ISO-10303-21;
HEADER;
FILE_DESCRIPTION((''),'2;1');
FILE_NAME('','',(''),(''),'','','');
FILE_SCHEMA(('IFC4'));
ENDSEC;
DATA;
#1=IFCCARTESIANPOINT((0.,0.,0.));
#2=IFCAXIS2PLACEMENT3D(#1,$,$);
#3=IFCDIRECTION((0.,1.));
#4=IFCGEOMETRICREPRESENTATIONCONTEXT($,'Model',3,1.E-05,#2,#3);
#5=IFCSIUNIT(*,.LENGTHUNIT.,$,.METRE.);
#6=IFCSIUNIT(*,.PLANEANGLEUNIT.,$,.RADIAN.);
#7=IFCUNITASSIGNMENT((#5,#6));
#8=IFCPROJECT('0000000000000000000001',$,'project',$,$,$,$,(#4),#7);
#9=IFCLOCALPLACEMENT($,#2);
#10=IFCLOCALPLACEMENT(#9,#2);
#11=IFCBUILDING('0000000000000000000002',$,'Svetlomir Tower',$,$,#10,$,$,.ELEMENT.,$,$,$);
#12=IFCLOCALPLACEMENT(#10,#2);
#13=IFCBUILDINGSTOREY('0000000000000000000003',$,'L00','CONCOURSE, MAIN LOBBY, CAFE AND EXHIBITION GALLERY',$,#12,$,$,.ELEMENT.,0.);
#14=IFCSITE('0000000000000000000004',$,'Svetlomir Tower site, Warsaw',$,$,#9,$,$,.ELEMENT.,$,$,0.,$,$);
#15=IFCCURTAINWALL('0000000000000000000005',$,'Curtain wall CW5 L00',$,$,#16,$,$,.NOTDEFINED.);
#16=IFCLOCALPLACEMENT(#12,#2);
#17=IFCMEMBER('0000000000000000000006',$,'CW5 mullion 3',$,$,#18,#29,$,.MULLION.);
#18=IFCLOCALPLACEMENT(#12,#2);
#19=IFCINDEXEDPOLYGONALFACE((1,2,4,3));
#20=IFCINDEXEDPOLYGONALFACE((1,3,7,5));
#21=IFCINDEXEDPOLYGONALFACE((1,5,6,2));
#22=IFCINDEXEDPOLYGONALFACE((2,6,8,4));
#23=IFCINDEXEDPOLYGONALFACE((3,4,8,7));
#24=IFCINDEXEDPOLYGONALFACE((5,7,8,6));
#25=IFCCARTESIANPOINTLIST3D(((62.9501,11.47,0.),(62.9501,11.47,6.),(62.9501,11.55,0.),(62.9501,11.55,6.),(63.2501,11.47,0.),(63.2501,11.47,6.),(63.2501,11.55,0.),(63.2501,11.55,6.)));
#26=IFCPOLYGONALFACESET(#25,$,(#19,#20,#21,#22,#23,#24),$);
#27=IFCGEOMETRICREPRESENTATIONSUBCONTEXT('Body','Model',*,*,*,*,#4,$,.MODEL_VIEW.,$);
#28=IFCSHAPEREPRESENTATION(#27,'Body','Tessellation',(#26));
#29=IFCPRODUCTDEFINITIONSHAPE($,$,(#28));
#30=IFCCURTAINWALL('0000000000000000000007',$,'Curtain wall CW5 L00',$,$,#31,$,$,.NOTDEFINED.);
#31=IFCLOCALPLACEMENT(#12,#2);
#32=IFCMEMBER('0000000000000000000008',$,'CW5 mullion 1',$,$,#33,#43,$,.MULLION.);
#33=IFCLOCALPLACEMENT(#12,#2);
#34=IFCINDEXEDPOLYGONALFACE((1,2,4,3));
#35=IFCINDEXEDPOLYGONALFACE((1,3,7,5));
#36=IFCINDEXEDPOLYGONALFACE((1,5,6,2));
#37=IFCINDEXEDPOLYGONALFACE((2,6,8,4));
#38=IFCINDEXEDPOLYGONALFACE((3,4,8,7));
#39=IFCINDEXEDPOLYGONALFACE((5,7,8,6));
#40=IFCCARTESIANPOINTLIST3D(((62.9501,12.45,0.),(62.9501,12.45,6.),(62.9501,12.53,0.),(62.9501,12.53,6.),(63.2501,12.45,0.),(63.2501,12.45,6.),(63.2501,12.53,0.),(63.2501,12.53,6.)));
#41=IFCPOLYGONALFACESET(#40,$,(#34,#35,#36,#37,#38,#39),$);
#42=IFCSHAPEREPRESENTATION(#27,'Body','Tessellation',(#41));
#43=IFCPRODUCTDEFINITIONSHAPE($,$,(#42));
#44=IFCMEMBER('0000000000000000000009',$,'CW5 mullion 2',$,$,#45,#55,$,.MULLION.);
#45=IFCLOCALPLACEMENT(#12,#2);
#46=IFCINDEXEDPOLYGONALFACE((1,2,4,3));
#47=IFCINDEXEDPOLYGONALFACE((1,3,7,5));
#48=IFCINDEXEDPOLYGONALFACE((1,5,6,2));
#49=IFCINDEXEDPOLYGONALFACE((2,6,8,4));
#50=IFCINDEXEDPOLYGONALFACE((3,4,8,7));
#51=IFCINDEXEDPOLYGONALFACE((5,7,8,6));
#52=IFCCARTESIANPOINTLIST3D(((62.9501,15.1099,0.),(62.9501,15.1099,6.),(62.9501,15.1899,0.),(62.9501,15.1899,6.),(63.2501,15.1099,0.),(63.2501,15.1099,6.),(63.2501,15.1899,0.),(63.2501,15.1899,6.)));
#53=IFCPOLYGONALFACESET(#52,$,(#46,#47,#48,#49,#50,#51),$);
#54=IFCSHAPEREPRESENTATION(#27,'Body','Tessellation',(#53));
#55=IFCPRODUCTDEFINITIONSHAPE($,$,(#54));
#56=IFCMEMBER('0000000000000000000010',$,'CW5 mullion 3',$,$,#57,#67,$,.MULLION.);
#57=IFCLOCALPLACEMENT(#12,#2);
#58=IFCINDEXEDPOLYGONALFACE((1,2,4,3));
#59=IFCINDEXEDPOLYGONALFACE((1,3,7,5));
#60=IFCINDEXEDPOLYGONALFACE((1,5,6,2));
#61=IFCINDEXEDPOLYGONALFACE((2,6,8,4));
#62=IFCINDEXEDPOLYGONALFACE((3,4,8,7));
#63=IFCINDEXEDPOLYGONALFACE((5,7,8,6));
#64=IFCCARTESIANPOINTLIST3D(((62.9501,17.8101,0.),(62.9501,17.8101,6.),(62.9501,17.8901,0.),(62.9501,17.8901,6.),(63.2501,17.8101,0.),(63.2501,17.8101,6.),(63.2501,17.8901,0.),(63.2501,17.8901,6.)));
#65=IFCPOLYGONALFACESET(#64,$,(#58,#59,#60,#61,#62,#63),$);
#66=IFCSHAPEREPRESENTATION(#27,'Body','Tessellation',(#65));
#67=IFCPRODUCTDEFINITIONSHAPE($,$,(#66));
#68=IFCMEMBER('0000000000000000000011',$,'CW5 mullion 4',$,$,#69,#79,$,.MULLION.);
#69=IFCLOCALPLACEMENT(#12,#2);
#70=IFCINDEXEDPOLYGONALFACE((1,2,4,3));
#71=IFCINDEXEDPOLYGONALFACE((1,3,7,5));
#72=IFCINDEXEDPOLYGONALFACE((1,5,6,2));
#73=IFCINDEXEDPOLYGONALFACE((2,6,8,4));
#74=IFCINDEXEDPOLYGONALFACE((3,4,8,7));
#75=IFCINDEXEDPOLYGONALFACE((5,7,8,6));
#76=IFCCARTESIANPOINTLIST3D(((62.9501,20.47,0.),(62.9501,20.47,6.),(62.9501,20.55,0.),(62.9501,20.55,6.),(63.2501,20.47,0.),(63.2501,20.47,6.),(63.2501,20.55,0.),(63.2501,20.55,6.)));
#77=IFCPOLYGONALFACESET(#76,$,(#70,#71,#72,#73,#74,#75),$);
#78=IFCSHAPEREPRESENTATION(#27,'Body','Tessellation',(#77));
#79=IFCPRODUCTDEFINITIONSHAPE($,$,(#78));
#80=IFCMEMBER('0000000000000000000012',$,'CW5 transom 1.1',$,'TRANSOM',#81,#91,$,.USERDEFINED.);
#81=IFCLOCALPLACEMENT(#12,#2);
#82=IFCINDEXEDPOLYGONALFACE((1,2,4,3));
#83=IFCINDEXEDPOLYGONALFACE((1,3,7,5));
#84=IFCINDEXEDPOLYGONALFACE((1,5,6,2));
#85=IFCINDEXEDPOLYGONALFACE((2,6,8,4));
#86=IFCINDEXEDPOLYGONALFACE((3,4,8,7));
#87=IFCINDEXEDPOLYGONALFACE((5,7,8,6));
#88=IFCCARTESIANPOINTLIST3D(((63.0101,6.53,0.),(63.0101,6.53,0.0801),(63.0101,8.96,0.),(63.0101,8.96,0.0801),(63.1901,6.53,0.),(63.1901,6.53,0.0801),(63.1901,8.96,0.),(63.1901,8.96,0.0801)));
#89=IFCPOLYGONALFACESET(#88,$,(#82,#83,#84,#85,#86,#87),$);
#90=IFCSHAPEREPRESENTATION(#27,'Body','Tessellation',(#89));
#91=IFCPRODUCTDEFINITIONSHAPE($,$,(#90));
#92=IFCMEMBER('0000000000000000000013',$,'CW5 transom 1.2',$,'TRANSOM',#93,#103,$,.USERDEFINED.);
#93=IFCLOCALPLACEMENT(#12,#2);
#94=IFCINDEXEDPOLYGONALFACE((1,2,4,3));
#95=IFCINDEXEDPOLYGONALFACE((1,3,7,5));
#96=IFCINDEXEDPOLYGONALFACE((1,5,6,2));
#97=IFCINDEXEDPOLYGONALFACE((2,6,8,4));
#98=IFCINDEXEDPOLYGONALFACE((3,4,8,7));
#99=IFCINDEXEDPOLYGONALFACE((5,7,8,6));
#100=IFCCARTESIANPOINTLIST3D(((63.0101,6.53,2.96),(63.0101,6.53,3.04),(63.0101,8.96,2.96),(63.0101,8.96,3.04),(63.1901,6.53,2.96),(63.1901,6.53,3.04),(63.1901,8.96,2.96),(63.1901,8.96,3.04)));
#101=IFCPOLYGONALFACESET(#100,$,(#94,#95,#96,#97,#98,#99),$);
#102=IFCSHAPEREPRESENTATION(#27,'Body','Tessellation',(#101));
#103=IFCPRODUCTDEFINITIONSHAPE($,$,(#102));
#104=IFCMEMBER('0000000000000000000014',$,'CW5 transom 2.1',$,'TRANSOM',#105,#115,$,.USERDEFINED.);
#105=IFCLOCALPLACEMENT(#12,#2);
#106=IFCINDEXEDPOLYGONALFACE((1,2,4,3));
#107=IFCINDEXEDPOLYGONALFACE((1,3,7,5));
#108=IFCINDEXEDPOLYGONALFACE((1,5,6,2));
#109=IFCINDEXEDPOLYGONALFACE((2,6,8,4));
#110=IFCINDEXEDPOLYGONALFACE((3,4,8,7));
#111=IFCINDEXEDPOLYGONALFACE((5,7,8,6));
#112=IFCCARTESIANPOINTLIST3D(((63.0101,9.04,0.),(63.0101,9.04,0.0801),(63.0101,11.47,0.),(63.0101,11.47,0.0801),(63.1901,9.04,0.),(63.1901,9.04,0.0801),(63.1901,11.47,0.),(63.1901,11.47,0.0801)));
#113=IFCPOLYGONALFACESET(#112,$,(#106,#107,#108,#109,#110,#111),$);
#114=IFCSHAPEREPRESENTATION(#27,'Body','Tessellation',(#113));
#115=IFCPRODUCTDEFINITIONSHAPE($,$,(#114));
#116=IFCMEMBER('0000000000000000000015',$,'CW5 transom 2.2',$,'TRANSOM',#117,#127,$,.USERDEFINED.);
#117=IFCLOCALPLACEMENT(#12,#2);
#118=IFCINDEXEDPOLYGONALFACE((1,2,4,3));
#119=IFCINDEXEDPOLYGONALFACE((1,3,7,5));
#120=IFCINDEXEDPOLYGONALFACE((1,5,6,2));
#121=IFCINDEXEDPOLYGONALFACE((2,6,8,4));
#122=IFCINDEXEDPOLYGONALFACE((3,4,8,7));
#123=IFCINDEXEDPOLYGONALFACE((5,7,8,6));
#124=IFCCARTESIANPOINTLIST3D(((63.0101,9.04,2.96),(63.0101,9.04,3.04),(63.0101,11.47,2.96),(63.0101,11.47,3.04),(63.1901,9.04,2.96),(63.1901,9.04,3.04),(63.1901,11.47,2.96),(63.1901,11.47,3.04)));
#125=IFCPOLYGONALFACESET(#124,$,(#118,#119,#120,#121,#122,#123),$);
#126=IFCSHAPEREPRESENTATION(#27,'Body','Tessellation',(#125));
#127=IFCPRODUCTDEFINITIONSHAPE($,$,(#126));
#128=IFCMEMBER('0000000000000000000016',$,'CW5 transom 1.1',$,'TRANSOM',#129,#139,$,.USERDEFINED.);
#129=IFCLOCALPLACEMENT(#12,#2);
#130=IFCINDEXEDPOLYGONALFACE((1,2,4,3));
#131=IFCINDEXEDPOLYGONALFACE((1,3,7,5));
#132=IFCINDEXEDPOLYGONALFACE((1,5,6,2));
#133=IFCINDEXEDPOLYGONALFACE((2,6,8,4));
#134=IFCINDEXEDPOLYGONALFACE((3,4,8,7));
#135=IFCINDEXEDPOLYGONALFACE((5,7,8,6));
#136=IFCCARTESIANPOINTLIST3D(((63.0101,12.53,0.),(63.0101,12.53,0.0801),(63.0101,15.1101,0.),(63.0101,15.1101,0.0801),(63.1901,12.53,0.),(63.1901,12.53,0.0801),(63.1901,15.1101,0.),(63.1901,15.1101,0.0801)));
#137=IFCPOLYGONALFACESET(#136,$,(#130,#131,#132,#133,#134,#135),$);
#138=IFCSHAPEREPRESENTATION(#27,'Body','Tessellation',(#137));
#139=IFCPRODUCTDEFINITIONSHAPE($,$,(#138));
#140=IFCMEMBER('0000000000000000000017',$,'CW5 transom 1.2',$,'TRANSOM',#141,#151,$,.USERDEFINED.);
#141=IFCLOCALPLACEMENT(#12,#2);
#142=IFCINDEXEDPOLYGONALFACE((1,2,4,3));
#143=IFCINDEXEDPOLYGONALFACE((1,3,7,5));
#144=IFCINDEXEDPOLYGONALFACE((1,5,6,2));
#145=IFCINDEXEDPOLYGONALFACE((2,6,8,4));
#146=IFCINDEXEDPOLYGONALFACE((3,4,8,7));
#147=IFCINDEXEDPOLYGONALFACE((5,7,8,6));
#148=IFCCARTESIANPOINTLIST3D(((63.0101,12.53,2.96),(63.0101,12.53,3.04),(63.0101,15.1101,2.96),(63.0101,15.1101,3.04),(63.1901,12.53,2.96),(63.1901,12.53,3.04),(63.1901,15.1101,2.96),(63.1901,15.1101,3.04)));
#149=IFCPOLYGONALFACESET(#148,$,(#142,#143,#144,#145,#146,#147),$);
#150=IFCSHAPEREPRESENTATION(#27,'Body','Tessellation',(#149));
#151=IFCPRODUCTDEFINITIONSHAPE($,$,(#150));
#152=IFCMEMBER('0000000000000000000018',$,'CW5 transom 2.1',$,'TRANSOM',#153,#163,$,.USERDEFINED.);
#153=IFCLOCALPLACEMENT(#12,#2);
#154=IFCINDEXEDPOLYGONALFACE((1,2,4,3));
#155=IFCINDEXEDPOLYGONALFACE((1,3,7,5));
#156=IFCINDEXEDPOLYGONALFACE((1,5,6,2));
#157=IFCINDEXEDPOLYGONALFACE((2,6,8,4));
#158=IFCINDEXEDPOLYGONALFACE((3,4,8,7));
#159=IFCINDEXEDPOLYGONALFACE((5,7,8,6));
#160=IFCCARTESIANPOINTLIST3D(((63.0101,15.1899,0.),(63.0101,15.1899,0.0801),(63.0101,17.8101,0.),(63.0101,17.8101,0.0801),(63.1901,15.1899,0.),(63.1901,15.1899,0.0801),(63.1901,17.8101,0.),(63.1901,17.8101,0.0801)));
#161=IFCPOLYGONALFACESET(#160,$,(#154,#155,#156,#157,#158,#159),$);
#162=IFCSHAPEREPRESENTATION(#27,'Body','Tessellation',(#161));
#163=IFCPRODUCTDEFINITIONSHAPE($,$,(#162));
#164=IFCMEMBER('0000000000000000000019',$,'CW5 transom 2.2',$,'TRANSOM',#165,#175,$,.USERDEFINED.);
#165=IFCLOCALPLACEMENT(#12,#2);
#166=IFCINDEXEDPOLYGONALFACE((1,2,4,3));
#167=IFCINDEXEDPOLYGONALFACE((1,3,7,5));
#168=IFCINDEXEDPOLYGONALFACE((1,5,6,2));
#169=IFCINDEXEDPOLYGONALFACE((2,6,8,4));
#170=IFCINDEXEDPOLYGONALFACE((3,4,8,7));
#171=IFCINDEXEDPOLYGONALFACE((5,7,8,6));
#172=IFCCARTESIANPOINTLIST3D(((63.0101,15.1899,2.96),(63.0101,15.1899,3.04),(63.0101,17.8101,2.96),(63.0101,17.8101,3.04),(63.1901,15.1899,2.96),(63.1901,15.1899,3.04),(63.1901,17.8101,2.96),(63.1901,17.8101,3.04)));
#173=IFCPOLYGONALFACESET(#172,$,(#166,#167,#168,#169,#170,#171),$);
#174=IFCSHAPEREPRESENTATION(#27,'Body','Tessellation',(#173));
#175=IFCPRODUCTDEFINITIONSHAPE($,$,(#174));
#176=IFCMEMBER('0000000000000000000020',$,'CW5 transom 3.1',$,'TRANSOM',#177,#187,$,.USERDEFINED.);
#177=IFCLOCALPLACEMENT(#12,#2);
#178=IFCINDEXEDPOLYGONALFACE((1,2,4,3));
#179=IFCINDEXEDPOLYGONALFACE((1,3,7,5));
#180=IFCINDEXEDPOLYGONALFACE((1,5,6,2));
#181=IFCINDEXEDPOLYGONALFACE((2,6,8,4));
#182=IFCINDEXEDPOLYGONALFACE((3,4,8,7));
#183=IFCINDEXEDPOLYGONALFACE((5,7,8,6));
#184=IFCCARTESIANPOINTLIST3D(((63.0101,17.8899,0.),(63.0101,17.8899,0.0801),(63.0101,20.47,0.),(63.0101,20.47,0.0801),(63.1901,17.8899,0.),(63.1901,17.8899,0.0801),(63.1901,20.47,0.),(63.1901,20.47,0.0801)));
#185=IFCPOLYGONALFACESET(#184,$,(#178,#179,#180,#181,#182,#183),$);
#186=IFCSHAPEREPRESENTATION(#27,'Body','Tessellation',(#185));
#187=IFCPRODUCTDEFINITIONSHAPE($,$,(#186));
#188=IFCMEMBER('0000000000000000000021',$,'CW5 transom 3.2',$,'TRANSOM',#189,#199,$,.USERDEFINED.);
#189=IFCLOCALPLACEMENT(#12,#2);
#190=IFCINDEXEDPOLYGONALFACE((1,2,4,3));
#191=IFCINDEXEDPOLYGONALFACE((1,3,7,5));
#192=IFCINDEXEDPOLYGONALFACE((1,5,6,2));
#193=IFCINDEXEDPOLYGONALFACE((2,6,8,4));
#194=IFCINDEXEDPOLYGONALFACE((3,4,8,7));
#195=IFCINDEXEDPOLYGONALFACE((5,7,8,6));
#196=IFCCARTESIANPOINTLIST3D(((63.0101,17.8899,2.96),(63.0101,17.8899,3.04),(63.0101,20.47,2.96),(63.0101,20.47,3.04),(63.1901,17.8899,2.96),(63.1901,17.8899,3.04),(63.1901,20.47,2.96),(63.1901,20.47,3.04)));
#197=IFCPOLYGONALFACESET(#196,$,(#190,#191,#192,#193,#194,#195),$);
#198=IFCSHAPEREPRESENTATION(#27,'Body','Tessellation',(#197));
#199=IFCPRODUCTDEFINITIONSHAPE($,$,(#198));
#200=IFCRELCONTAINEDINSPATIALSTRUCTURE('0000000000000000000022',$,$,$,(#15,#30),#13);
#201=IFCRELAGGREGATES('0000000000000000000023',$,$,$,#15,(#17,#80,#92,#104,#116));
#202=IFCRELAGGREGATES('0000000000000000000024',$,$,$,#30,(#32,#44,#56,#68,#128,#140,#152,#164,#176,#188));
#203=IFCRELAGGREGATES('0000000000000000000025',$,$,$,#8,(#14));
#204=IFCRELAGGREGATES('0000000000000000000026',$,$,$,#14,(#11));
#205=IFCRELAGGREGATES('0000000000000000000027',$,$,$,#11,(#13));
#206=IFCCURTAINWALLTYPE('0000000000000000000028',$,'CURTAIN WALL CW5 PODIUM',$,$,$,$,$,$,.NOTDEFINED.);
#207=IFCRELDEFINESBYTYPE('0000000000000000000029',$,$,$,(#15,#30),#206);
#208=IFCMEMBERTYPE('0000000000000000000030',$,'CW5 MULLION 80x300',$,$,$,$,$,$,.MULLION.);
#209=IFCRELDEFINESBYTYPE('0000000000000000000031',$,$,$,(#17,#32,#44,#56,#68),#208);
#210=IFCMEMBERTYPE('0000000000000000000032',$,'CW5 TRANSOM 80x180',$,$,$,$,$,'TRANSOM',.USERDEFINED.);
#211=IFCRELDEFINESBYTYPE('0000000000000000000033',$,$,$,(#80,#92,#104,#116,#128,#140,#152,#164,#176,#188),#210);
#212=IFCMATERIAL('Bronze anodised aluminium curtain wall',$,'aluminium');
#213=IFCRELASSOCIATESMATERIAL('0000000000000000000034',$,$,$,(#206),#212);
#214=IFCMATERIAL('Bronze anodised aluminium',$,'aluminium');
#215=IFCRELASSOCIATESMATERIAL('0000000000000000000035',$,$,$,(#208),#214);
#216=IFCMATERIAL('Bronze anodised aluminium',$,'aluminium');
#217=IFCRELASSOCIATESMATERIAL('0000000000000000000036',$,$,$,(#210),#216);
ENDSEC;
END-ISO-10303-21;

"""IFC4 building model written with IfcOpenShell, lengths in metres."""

from ifc_helpers import new_model, si_unit, direction, frame, origin, origin_2d, place, context, subcontext, project, spatial, rectangle, extrude, material, material_profile, profile_set, type_object, element, aggregate, save


model = new_model("IFC4")

# Units and contexts
model_context = context("Model", 3, precision=1e-05, world=origin(), true_north=direction((0.0, 1.0)))
body_context = subcontext(model_context, "Body", "Model", "MODEL_VIEW")
ifc_project = project(units=[si_unit("LENGTHUNIT", "METRE"), si_unit("PLANEANGLEUNIT", "RADIAN")], contexts=[model_context])

# Site, building, storey
site_placement = place(None, origin())
site = spatial("IfcSite", under=ifc_project, at=site_placement, Name="Svetlomir Tower site, Warsaw", CompositionType="ELEMENT", RefElevation=0.0)
building_placement = place(site_placement, origin())
building = spatial("IfcBuilding", under=site, at=building_placement, Name="Svetlomir Tower", CompositionType="ELEMENT")
storey_placement = place(building_placement, origin())
storey = spatial("IfcBuildingStorey", under=building, at=storey_placement, Name="L00", Description="CONCOURSE, MAIN LOBBY, CAFE AND EXHIBITION GALLERY", CompositionType="ELEMENT", Elevation=0.0)

# Curtain walls, members
ifc_material_1 = material(Name="Bronze anodised aluminium curtain wall", Category="aluminium")
curtain_wall_type = type_object("IfcCurtainWallType", Name="CURTAIN WALL CW5 PODIUM", PredefinedType="NOTDEFINED", material=ifc_material_1)
curtain_wall_1_placement = place(storey_placement, origin())
curtain_wall_1 = element("IfcCurtainWall", 1, at=curtain_wall_1_placement, inside=storey, type_object=curtain_wall_type, Name="Curtain wall CW5 L00", PredefinedType="NOTDEFINED")
ifc_material_2 = material(Name="Bronze anodised aluminium", Category="aluminium")
ifc_material_profile_1 = material_profile(ifc_material_2, rectangle(XDim=0.0801, YDim=0.3, at=origin_2d()), Name="AL 80x300")
ifc_profile_set_1 = profile_set([ifc_material_profile_1], Name="Bronze anodised aluminium 6063-T6")
member_type_1 = type_object("IfcMemberType", Name="CW5 MULLION 80x300", PredefinedType="MULLION", material=ifc_profile_set_1)
member_1_placement = place(storey_placement, frame((63.1001, 11.51, 0.0), z_axis=(0.0, 0.0, 1.0), x_axis=(0.0, 1.0, 0.0)))
member_1 = element("IfcMember", 2, at=member_1_placement, type_object=member_type_1, Name="CW5 mullion 3", PredefinedType="MULLION", context=body_context, shape_type="SweptSolid", body=[
    extrude(rectangle(XDim=0.0801, YDim=0.3, at=origin_2d()), origin(), (0.0, 0.0, 1.0), 6.0),
])
curtain_wall_2_placement = place(storey_placement, origin())
curtain_wall_2 = element("IfcCurtainWall", 3, at=curtain_wall_2_placement, inside=storey, type_object=curtain_wall_type, Name="Curtain wall CW5 L00", PredefinedType="NOTDEFINED")
member_2_placement = place(storey_placement, frame((63.1001, 12.49, 0.0), z_axis=(0.0, 0.0, 1.0), x_axis=(0.0, 1.0, 0.0)))
member_2 = element("IfcMember", 4, at=member_2_placement, type_object=member_type_1, Name="CW5 mullion 1", PredefinedType="MULLION", context=body_context, shape_type="SweptSolid", body=[
    extrude(rectangle(XDim=0.0801, YDim=0.3, at=origin_2d()), origin(), (0.0, 0.0, 1.0), 6.0),
])
member_3_placement = place(storey_placement, frame((63.1001, 15.1499, 0.0), z_axis=(0.0, 0.0, 1.0), x_axis=(0.0, 1.0, 0.0)))
member_3 = element("IfcMember", 5, at=member_3_placement, type_object=member_type_1, Name="CW5 mullion 2", PredefinedType="MULLION", context=body_context, shape_type="SweptSolid", body=[
    extrude(rectangle(XDim=0.0801, YDim=0.3, at=origin_2d()), origin(), (0.0, 0.0, 1.0), 6.0),
])
member_4_placement = place(storey_placement, frame((63.1001, 17.8501, 0.0), z_axis=(0.0, 0.0, 1.0), x_axis=(0.0, 1.0, 0.0)))
member_4 = element("IfcMember", 6, at=member_4_placement, type_object=member_type_1, Name="CW5 mullion 3", PredefinedType="MULLION", context=body_context, shape_type="SweptSolid", body=[
    extrude(rectangle(XDim=0.0801, YDim=0.3, at=origin_2d()), origin(), (0.0, 0.0, 1.0), 6.0),
])
member_5_placement = place(storey_placement, frame((63.1001, 20.51, 0.0), z_axis=(0.0, 0.0, 1.0), x_axis=(0.0, 1.0, 0.0)))
member_5 = element("IfcMember", 7, at=member_5_placement, type_object=member_type_1, Name="CW5 mullion 4", PredefinedType="MULLION", context=body_context, shape_type="SweptSolid", body=[
    extrude(rectangle(XDim=0.0801, YDim=0.3, at=origin_2d()), origin(), (0.0, 0.0, 1.0), 6.0),
])

# Members
ifc_material_3 = material(Name="Bronze anodised aluminium", Category="aluminium")
ifc_material_profile_2 = material_profile(ifc_material_3, rectangle(XDim=0.1799, YDim=0.0801, at=origin_2d()), Name="AL 180x80")
ifc_profile_set_2 = profile_set([ifc_material_profile_2], Name="Bronze anodised aluminium 6063-T6")
member_type_2 = type_object("IfcMemberType", Name="CW5 TRANSOM 80x180", ElementType="TRANSOM", PredefinedType="USERDEFINED", material=ifc_profile_set_2)
member_6_placement = place(storey_placement, frame((63.1001, 6.53, 0.04), z_axis=(0.0, 1.0, 0.0), x_axis=(-1.0, 0.0, 0.0)))
member_6 = element("IfcMember", 8, at=member_6_placement, type_object=member_type_2, Name="CW5 transom 1.1", ObjectType="TRANSOM", PredefinedType="USERDEFINED", context=body_context, shape_type="SweptSolid", body=[
    extrude(rectangle(XDim=0.1799, YDim=0.0801, at=origin_2d()), origin(), (0.0, 0.0, 1.0), 2.4299),
])
member_7_placement = place(storey_placement, frame((63.1001, 6.53, 3.0), z_axis=(0.0, 1.0, 0.0), x_axis=(-1.0, 0.0, 0.0)))
member_7 = element("IfcMember", 9, at=member_7_placement, type_object=member_type_2, Name="CW5 transom 1.2", ObjectType="TRANSOM", PredefinedType="USERDEFINED", context=body_context, shape_type="SweptSolid", body=[
    extrude(rectangle(XDim=0.1799, YDim=0.0801, at=origin_2d()), origin(), (0.0, 0.0, 1.0), 2.4299),
])
member_8_placement = place(storey_placement, frame((63.1001, 9.04, 0.04), z_axis=(0.0, 1.0, 0.0), x_axis=(-1.0, 0.0, 0.0)))
member_8 = element("IfcMember", 10, at=member_8_placement, type_object=member_type_2, Name="CW5 transom 2.1", ObjectType="TRANSOM", PredefinedType="USERDEFINED", context=body_context, shape_type="SweptSolid", body=[
    extrude(rectangle(XDim=0.1799, YDim=0.0801, at=origin_2d()), origin(), (0.0, 0.0, 1.0), 2.4299),
])
member_9_placement = place(storey_placement, frame((63.1001, 9.04, 3.0), z_axis=(0.0, 1.0, 0.0), x_axis=(-1.0, 0.0, 0.0)))
member_9 = element("IfcMember", 11, at=member_9_placement, type_object=member_type_2, Name="CW5 transom 2.2", ObjectType="TRANSOM", PredefinedType="USERDEFINED", context=body_context, shape_type="SweptSolid", body=[
    extrude(rectangle(XDim=0.1799, YDim=0.0801, at=origin_2d()), origin(), (0.0, 0.0, 1.0), 2.4299),
])
member_10_placement = place(storey_placement, frame((63.1001, 12.53, 0.04), z_axis=(0.0, 1.0, 0.0), x_axis=(-1.0, 0.0, 0.0)))
member_10 = element("IfcMember", 12, at=member_10_placement, type_object=member_type_2, Name="CW5 transom 1.1", ObjectType="TRANSOM", PredefinedType="USERDEFINED", context=body_context, shape_type="SweptSolid", body=[
    extrude(rectangle(XDim=0.1799, YDim=0.0801, at=origin_2d()), origin(), (0.0, 0.0, 1.0), 2.5801),
])
member_11_placement = place(storey_placement, frame((63.1001, 12.53, 3.0), z_axis=(0.0, 1.0, 0.0), x_axis=(-1.0, 0.0, 0.0)))
member_11 = element("IfcMember", 13, at=member_11_placement, type_object=member_type_2, Name="CW5 transom 1.2", ObjectType="TRANSOM", PredefinedType="USERDEFINED", context=body_context, shape_type="SweptSolid", body=[
    extrude(rectangle(XDim=0.1799, YDim=0.0801, at=origin_2d()), origin(), (0.0, 0.0, 1.0), 2.5801),
])
member_12_placement = place(storey_placement, frame((63.1001, 15.1899, 0.04), z_axis=(0.0, 1.0, 0.0), x_axis=(-1.0, 0.0, 0.0)))
member_12 = element("IfcMember", 14, at=member_12_placement, type_object=member_type_2, Name="CW5 transom 2.1", ObjectType="TRANSOM", PredefinedType="USERDEFINED", context=body_context, shape_type="SweptSolid", body=[
    extrude(rectangle(XDim=0.1799, YDim=0.0801, at=origin_2d()), origin(), (0.0, 0.0, 1.0), 2.6201),
])
member_13_placement = place(storey_placement, frame((63.1001, 15.1899, 3.0), z_axis=(0.0, 1.0, 0.0), x_axis=(-1.0, 0.0, 0.0)))
member_13 = element("IfcMember", 15, at=member_13_placement, type_object=member_type_2, Name="CW5 transom 2.2", ObjectType="TRANSOM", PredefinedType="USERDEFINED", context=body_context, shape_type="SweptSolid", body=[
    extrude(rectangle(XDim=0.1799, YDim=0.0801, at=origin_2d()), origin(), (0.0, 0.0, 1.0), 2.6201),
])
member_14_placement = place(storey_placement, frame((63.1001, 17.8899, 0.04), z_axis=(0.0, 1.0, 0.0), x_axis=(-1.0, 0.0, 0.0)))
member_14 = element("IfcMember", 16, at=member_14_placement, type_object=member_type_2, Name="CW5 transom 3.1", ObjectType="TRANSOM", PredefinedType="USERDEFINED", context=body_context, shape_type="SweptSolid", body=[
    extrude(rectangle(XDim=0.1799, YDim=0.0801, at=origin_2d()), origin(), (0.0, 0.0, 1.0), 2.5801),
])
member_15_placement = place(storey_placement, frame((63.1001, 17.8899, 3.0), z_axis=(0.0, 1.0, 0.0), x_axis=(-1.0, 0.0, 0.0)))
member_15 = element("IfcMember", 17, at=member_15_placement, type_object=member_type_2, Name="CW5 transom 3.2", ObjectType="TRANSOM", PredefinedType="USERDEFINED", context=body_context, shape_type="SweptSolid", body=[
    extrude(rectangle(XDim=0.1799, YDim=0.0801, at=origin_2d()), origin(), (0.0, 0.0, 1.0), 2.5801),
])

aggregate(curtain_wall_1, [member_1, member_6, member_7, member_8, member_9])
aggregate(curtain_wall_2, [member_2, member_3, member_4, member_5, member_10, member_11, member_12, member_13, member_14, member_15])

save(model, "model.ifc")
